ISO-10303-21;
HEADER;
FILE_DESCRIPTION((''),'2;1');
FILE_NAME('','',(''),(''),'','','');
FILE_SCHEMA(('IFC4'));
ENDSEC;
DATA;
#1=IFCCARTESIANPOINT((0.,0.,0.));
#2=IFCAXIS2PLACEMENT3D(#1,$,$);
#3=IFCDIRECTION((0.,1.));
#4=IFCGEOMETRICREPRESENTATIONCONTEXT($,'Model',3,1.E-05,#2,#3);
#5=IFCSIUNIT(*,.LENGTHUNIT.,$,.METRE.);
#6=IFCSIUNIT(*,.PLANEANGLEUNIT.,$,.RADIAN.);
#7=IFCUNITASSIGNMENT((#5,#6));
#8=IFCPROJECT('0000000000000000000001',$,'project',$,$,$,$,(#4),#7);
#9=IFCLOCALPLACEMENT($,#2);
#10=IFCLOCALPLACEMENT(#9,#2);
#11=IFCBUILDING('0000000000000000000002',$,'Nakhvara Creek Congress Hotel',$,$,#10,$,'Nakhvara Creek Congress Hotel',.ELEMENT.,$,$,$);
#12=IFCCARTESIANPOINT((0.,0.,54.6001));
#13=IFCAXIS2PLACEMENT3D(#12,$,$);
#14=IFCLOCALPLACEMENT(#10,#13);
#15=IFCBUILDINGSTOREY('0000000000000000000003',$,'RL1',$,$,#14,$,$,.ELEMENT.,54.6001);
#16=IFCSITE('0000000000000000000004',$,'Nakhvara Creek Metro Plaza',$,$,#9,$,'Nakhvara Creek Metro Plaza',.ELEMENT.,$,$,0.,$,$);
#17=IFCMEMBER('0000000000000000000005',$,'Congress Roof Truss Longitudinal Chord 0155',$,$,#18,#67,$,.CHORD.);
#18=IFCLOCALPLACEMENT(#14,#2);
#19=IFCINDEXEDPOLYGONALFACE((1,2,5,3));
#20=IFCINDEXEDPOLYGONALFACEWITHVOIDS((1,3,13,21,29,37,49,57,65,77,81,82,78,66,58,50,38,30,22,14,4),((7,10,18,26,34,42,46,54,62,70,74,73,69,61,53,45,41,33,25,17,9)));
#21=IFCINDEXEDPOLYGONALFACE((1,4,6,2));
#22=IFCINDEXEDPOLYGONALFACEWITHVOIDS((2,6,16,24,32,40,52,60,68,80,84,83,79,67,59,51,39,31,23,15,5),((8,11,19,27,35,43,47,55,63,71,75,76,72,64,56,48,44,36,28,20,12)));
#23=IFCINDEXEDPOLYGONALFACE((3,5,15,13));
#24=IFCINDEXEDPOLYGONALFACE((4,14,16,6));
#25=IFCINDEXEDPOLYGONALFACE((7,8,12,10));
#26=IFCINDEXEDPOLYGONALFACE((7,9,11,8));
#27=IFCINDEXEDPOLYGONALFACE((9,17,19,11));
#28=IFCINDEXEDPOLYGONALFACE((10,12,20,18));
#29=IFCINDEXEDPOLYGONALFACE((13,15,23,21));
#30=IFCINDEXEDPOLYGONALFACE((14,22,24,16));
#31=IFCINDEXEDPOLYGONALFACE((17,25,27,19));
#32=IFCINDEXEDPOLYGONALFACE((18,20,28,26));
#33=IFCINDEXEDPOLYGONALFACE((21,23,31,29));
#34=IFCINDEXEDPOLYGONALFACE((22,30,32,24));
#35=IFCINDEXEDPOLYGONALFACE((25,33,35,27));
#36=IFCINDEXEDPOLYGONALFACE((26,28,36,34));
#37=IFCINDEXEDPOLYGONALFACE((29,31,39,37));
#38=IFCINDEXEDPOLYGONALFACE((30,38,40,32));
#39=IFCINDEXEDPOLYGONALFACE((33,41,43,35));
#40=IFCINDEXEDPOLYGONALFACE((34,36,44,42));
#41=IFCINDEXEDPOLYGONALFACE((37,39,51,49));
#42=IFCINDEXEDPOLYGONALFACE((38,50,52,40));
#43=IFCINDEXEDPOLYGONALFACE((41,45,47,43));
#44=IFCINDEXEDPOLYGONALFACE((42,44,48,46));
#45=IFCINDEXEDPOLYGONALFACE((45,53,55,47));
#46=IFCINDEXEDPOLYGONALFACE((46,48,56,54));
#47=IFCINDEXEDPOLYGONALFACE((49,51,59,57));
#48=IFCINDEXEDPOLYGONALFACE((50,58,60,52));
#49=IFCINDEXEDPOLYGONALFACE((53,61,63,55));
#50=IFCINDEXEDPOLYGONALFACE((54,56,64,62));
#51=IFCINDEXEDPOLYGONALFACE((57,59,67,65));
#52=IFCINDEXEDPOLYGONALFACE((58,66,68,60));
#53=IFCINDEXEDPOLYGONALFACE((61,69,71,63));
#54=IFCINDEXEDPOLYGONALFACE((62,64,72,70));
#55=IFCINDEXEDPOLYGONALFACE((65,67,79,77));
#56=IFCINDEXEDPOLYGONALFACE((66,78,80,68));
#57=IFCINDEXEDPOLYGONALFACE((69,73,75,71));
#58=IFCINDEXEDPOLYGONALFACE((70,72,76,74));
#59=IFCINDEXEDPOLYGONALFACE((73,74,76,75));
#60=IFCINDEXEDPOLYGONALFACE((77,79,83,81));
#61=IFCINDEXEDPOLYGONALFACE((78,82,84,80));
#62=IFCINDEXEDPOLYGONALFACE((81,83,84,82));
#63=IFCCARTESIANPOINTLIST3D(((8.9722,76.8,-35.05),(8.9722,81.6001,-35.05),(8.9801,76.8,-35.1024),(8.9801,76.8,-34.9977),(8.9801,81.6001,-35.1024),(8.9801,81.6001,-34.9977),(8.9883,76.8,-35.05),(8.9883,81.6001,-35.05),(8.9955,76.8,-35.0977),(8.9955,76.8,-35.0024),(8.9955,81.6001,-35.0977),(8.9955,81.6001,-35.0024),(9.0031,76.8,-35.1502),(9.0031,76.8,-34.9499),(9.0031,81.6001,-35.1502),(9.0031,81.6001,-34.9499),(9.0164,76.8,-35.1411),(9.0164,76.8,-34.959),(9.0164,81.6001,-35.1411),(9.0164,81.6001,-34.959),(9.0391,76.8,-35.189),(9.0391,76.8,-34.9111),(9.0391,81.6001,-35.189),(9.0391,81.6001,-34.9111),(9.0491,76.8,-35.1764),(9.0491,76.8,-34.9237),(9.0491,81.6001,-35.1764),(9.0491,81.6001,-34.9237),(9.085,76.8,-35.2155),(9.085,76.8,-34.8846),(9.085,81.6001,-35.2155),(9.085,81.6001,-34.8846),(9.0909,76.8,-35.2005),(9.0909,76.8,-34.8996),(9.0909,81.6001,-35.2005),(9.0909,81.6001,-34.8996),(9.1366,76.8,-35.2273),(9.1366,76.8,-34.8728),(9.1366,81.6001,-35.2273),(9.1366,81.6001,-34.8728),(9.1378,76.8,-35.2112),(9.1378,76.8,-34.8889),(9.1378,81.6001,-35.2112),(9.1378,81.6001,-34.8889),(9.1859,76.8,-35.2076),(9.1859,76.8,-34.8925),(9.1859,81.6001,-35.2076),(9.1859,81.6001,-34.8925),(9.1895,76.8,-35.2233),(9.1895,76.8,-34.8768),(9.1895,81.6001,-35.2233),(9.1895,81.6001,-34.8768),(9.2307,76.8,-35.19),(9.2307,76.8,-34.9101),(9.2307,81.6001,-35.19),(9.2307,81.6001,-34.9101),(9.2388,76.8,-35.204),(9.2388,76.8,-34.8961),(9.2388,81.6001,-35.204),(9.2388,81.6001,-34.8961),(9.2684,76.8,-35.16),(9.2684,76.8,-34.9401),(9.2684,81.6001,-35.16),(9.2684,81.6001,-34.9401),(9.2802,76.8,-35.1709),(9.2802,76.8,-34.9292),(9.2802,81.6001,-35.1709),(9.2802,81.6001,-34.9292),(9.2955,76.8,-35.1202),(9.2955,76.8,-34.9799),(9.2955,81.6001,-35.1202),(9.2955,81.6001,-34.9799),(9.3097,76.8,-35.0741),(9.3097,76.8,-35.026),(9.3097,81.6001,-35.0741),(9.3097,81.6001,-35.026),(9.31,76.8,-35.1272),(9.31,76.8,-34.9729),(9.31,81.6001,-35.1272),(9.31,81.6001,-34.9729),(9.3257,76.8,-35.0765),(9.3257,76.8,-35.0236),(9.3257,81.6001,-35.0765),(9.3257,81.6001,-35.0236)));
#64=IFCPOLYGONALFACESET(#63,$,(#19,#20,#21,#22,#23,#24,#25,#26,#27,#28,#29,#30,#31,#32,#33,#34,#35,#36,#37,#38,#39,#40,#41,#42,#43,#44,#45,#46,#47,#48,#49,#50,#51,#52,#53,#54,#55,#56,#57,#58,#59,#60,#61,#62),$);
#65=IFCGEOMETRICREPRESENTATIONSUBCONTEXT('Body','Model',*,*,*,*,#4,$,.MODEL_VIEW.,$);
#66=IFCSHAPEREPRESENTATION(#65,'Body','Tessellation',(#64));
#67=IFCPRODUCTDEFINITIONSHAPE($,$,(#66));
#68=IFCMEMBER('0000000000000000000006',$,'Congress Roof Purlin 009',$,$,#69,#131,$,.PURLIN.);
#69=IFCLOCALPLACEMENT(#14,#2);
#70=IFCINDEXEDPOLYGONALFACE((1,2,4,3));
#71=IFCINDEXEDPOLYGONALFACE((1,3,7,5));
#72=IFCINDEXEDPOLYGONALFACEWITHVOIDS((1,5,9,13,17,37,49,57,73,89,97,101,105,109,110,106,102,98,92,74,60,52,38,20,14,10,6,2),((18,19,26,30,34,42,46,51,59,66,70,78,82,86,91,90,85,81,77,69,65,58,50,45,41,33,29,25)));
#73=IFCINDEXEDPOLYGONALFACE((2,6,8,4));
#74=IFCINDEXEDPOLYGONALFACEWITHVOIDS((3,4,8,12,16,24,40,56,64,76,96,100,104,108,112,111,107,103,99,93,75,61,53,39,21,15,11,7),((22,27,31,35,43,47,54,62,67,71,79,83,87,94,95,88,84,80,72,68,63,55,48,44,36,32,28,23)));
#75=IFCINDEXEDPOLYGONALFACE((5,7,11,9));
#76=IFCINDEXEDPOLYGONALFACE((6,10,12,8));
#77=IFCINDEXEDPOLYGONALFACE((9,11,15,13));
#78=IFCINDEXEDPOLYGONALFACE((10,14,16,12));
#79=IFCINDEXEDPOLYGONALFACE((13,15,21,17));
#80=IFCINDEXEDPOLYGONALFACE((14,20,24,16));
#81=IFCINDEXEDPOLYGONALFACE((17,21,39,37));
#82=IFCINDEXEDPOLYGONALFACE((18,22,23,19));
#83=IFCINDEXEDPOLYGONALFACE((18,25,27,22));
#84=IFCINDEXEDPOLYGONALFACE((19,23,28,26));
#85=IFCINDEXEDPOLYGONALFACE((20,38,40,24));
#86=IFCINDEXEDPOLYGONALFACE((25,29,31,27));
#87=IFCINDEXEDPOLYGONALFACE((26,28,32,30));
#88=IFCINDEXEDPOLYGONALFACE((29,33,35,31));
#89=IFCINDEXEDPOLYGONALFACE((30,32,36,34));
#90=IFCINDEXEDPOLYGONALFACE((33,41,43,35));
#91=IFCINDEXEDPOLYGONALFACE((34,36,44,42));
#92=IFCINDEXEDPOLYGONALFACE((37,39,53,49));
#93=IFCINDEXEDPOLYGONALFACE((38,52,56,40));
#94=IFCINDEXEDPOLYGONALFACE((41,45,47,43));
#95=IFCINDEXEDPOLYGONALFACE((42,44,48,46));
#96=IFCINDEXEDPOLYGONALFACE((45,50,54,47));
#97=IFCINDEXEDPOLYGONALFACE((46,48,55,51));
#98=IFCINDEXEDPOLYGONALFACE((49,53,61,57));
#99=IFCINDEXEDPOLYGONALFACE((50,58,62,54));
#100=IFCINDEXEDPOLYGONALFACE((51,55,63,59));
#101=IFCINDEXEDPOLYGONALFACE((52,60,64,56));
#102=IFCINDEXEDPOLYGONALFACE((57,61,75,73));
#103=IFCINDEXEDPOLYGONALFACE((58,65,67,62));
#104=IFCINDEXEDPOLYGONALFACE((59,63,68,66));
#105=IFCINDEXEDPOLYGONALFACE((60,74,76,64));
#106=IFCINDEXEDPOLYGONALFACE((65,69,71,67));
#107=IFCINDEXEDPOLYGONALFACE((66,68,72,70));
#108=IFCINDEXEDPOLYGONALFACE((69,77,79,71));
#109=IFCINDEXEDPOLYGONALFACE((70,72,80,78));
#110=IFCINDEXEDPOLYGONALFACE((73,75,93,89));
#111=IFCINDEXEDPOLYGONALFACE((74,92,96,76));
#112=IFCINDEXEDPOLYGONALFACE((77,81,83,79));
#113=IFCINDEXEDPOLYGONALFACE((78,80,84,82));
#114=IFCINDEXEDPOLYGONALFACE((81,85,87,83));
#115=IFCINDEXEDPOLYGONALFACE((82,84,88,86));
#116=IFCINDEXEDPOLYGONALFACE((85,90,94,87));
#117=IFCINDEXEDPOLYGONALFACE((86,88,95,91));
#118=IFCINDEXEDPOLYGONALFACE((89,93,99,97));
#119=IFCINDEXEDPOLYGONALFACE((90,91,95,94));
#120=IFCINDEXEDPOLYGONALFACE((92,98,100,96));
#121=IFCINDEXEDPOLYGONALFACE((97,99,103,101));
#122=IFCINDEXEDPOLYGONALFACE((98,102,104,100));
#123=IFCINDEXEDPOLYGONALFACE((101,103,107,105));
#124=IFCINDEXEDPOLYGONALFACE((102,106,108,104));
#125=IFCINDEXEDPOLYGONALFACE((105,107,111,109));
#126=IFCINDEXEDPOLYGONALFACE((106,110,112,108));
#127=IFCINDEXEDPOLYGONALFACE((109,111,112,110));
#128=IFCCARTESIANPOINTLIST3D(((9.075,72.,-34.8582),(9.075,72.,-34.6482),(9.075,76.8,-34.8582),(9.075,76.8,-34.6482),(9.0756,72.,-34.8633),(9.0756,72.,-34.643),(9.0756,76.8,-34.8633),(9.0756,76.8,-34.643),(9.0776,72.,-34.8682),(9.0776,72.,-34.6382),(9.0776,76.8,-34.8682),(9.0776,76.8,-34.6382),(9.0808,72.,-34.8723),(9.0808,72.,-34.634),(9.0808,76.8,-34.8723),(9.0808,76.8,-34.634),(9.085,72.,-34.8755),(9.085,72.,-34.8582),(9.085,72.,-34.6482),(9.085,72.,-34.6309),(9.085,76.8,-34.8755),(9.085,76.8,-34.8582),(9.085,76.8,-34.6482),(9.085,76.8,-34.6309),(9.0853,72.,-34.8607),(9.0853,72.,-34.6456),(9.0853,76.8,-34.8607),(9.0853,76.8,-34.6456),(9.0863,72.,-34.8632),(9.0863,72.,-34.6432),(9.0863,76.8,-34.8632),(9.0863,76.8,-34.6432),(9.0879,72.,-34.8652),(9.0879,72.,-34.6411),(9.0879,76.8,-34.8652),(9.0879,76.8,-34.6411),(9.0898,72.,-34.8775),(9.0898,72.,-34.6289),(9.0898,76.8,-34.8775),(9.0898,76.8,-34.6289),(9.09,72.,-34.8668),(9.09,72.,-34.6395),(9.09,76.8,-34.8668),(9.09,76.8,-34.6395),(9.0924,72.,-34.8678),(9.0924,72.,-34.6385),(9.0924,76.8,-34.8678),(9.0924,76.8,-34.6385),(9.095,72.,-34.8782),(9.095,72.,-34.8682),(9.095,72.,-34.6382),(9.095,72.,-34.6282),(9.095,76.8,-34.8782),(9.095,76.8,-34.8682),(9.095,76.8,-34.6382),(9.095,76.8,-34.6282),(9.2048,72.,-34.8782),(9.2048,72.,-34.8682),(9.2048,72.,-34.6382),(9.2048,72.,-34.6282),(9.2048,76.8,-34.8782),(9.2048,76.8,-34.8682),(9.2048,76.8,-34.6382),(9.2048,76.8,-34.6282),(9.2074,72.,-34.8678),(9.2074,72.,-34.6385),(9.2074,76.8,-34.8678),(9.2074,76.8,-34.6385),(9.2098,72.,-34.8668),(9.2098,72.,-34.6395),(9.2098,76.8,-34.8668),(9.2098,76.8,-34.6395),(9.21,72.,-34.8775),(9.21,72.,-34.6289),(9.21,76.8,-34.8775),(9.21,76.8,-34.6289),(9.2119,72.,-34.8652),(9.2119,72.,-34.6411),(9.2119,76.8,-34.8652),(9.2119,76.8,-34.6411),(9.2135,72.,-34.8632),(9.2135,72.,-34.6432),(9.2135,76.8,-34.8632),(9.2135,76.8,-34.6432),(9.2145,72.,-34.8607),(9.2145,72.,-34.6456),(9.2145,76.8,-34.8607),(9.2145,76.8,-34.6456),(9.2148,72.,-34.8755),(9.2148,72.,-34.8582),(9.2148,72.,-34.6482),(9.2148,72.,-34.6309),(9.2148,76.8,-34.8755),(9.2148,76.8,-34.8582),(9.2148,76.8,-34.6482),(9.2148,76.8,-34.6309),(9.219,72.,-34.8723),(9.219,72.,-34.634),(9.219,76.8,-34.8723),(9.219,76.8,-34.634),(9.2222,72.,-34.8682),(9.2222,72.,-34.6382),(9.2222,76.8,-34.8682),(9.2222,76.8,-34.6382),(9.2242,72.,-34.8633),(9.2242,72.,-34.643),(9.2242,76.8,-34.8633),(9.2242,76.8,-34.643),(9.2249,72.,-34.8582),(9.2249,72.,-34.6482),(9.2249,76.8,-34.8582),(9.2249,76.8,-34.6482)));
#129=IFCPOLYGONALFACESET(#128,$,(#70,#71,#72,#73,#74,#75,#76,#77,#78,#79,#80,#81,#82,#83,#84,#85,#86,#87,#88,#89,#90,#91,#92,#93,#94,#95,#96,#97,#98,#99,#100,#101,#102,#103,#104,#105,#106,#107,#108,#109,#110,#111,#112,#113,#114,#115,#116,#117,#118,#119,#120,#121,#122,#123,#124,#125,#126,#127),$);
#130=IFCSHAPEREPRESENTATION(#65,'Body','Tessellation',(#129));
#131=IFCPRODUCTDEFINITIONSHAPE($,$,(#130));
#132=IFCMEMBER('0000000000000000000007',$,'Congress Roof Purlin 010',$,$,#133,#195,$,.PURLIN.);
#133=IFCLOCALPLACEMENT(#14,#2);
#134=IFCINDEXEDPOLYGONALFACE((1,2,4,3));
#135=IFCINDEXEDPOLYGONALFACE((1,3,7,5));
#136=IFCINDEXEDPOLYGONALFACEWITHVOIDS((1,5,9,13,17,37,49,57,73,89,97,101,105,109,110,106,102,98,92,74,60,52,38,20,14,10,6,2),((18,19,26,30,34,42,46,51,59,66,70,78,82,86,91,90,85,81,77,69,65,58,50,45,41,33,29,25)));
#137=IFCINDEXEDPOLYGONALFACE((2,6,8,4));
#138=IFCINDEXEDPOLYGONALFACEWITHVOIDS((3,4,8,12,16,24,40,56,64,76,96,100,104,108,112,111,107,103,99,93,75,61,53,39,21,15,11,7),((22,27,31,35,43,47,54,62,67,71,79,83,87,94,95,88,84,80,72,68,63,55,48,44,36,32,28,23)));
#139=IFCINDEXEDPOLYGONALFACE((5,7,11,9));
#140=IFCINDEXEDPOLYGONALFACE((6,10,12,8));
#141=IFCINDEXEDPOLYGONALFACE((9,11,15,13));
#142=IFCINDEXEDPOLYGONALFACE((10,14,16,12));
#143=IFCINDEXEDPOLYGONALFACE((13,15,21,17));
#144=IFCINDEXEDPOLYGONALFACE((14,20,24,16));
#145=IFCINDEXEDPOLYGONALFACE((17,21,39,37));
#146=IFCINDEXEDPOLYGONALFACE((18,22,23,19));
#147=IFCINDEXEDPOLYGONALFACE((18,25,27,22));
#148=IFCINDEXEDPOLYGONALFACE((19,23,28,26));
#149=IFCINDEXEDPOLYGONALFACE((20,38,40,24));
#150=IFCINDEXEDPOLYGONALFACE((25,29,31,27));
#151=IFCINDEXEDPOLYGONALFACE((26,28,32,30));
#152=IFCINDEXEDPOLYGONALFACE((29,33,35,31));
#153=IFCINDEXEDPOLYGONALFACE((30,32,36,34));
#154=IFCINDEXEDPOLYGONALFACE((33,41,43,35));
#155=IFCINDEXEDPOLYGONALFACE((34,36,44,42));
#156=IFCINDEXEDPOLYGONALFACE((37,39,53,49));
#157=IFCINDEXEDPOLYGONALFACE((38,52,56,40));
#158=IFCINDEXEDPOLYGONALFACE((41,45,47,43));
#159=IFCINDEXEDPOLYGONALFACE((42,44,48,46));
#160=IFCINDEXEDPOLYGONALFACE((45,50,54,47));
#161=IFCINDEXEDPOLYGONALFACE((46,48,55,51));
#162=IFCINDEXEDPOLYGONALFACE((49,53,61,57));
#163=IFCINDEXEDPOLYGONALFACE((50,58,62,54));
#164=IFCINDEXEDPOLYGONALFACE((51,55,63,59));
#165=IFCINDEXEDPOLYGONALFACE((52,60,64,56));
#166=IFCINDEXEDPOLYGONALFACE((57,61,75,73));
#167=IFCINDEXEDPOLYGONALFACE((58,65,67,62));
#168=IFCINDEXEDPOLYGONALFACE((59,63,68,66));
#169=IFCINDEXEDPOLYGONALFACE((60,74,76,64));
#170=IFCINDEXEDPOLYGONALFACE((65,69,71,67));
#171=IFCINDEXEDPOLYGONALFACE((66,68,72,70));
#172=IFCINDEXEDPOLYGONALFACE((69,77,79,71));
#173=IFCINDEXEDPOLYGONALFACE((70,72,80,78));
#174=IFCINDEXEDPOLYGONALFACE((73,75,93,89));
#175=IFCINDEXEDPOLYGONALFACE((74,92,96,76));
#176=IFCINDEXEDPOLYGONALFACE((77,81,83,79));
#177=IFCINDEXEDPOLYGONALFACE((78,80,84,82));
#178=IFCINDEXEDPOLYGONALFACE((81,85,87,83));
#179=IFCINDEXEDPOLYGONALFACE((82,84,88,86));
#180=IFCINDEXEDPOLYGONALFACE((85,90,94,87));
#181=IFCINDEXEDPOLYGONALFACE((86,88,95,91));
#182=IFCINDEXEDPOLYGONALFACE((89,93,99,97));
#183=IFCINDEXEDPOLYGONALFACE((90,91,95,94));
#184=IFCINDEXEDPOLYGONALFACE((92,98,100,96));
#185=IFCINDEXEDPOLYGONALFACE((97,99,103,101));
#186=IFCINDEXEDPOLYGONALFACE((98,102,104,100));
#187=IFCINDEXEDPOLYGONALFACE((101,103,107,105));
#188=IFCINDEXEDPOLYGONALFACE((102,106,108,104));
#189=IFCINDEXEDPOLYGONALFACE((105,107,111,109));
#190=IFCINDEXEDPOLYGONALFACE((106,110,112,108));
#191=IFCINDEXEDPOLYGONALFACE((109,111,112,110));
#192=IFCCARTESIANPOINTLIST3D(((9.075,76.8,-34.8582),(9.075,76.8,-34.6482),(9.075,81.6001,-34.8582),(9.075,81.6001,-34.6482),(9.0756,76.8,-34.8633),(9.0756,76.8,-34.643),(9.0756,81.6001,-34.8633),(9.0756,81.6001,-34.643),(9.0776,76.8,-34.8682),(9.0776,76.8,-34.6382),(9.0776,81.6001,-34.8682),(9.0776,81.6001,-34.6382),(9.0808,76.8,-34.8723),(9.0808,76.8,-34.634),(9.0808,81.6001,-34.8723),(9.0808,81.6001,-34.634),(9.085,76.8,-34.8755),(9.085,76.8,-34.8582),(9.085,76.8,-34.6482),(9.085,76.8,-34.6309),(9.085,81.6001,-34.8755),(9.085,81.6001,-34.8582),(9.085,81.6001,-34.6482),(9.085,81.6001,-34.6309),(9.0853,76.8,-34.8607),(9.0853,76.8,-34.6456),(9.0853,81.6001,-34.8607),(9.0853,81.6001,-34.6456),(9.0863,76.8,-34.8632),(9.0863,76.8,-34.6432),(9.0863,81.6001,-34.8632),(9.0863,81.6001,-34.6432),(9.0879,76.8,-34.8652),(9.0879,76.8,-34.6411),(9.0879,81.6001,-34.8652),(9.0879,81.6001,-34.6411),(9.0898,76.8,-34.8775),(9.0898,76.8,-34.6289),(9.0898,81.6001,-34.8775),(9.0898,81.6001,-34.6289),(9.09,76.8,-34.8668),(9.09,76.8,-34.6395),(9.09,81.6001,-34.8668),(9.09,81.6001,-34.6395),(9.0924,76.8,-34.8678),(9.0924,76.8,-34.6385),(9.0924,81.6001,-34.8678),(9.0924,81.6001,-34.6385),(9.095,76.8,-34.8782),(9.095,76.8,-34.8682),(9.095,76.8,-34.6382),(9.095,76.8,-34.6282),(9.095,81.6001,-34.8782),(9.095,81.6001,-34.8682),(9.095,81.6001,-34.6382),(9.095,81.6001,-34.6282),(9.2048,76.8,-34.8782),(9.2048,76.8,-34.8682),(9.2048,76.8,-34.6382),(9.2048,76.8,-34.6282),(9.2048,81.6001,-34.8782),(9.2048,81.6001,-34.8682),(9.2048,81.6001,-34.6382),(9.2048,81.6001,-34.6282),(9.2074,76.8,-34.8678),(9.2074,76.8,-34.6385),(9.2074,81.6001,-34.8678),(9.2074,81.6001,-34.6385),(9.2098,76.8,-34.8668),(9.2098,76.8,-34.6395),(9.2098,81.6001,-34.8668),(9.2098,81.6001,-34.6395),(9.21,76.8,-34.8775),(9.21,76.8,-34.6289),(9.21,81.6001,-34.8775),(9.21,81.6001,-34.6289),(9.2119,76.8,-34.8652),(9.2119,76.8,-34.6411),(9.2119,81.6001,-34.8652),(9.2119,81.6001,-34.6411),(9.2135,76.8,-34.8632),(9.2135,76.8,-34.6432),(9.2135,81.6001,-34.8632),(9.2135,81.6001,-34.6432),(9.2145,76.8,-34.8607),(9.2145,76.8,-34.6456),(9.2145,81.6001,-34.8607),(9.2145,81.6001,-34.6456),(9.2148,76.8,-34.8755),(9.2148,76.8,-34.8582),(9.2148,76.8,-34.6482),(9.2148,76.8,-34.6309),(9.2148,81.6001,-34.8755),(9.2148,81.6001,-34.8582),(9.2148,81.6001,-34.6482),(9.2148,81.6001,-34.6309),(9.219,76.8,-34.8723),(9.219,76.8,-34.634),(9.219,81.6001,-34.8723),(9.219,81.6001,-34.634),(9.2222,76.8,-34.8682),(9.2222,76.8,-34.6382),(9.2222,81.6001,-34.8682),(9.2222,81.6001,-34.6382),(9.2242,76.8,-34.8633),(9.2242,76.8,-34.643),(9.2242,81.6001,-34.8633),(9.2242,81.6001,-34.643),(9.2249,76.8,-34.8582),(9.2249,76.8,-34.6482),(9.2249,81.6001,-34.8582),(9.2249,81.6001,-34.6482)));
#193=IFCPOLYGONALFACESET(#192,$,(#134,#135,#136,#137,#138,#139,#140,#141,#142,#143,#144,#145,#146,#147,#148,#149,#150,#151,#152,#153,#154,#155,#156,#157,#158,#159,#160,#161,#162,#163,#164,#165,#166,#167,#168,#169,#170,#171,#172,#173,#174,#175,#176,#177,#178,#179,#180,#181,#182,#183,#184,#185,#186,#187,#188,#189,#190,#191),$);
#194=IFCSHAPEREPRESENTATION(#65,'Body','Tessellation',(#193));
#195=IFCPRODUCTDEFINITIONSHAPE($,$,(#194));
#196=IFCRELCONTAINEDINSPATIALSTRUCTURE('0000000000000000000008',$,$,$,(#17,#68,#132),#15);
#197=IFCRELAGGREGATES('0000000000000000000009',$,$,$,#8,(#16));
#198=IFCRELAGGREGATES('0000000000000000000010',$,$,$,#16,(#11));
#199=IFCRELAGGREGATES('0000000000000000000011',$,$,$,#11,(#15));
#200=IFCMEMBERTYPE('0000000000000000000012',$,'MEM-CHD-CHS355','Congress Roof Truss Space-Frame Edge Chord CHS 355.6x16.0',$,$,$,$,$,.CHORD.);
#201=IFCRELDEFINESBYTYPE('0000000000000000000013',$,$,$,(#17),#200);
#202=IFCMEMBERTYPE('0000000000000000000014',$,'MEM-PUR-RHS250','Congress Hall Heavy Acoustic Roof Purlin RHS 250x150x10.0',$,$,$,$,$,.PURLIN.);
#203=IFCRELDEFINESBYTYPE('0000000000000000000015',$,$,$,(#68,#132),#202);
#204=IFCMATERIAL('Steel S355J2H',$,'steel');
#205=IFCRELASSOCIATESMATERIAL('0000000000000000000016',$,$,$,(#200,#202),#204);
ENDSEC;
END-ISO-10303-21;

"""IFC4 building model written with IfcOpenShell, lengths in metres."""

from ifc_helpers import new_model, si_unit, direction, frame, origin, origin_2d, place, context, subcontext, project, spatial, hollow_rectangle, hollow_circle, extrude, material, material_profile, profile_set, type_object, element, save


model = new_model("IFC4")

# Units and contexts
model_context = context("Model", 3, precision=1e-05, world=origin(), true_north=direction((0.0, 1.0)))
body_context = subcontext(model_context, "Body", "Model", "MODEL_VIEW")
ifc_project = project(units=[si_unit("LENGTHUNIT", "METRE"), si_unit("PLANEANGLEUNIT", "RADIAN")], contexts=[model_context])

# Site, building, storey
site_placement = place(None, origin())
site = spatial("IfcSite", under=ifc_project, at=site_placement, Name="Nakhvara Creek Metro Plaza", LongName="Nakhvara Creek Metro Plaza", CompositionType="ELEMENT", RefElevation=0.0)
building_placement = place(site_placement, origin())
building = spatial("IfcBuilding", under=site, at=building_placement, Name="Nakhvara Creek Congress Hotel", LongName="Nakhvara Creek Congress Hotel", CompositionType="ELEMENT")
storey_placement = place(building_placement, frame((0.0, 0.0, 54.6001)))
storey = spatial("IfcBuildingStorey", under=building, at=storey_placement, Name="RL1", CompositionType="ELEMENT", Elevation=54.6001)

# Members
ifc_material_1 = material(Name="Steel S355J2H", Category="steel")
ifc_material_profile_1 = material_profile(ifc_material_1, hollow_circle(Radius=0.1777, WallThickness=0.0161, at=origin_2d()), Name="CHS 355.6x16.0", Category="LoadBearing")
ifc_profile_set_1 = profile_set([ifc_material_profile_1], Name="Steel S355J2H")
member_type_1 = type_object("IfcMemberType", Name="MEM-CHD-CHS355", Description="Congress Roof Truss Space-Frame Edge Chord CHS 355.6x16.0", PredefinedType="CHORD", material=ifc_profile_set_1)
for number, where, z_axis, x_axis, name in (
    (1, (9.1499, 76.8, -35.05), (0.0, 1.0, 0.0), (-1.0, 0.0, 0.0), "Congress Roof Truss Longitudinal Chord 0155"),
):
    element("IfcMember", number, at=place(storey_placement, frame(where, z_axis=z_axis, x_axis=x_axis)), inside=storey, type_object=member_type_1, Name=name, PredefinedType="CHORD", context=body_context, shape_type="SweptSolid", body=[
        extrude(hollow_circle(Radius=0.1777, WallThickness=0.0161, at=origin_2d()), origin(), (0.0, 0.0, 1.0), 4.8),
    ])
ifc_material_profile_2 = material_profile(ifc_material_1, hollow_rectangle(XDim=0.1499, YDim=0.25, WallThickness=0.01, InnerFilletRadius=0.01, OuterFilletRadius=0.02, at=origin_2d()), Name="RHS 250x150x10.0", Category="LoadBearing")
ifc_profile_set_2 = profile_set([ifc_material_profile_2], Name="Steel S355J2H")
member_type_2 = type_object("IfcMemberType", Name="MEM-PUR-RHS250", Description="Congress Hall Heavy Acoustic Roof Purlin RHS 250x150x10.0", PredefinedType="PURLIN", material=ifc_profile_set_2)
for number, where, z_axis, x_axis, name in (
    (2, (9.1499, 72.0, -34.7532), (0.0, 1.0, 0.0), (-1.0, 0.0, 0.0), "Congress Roof Purlin 009"),
    (3, (9.1499, 76.8, -34.7532), (0.0, 1.0, 0.0), (-1.0, 0.0, 0.0), "Congress Roof Purlin 010"),
):
    element("IfcMember", number, at=place(storey_placement, frame(where, z_axis=z_axis, x_axis=x_axis)), inside=storey, type_object=member_type_2, Name=name, PredefinedType="PURLIN", context=body_context, shape_type="SweptSolid", body=[
        extrude(hollow_rectangle(XDim=0.1499, YDim=0.25, WallThickness=0.01, InnerFilletRadius=0.01, OuterFilletRadius=0.02, at=origin_2d()), origin(), (0.0, 0.0, 1.0), 4.8),
    ])

save(model, "model.ifc")
